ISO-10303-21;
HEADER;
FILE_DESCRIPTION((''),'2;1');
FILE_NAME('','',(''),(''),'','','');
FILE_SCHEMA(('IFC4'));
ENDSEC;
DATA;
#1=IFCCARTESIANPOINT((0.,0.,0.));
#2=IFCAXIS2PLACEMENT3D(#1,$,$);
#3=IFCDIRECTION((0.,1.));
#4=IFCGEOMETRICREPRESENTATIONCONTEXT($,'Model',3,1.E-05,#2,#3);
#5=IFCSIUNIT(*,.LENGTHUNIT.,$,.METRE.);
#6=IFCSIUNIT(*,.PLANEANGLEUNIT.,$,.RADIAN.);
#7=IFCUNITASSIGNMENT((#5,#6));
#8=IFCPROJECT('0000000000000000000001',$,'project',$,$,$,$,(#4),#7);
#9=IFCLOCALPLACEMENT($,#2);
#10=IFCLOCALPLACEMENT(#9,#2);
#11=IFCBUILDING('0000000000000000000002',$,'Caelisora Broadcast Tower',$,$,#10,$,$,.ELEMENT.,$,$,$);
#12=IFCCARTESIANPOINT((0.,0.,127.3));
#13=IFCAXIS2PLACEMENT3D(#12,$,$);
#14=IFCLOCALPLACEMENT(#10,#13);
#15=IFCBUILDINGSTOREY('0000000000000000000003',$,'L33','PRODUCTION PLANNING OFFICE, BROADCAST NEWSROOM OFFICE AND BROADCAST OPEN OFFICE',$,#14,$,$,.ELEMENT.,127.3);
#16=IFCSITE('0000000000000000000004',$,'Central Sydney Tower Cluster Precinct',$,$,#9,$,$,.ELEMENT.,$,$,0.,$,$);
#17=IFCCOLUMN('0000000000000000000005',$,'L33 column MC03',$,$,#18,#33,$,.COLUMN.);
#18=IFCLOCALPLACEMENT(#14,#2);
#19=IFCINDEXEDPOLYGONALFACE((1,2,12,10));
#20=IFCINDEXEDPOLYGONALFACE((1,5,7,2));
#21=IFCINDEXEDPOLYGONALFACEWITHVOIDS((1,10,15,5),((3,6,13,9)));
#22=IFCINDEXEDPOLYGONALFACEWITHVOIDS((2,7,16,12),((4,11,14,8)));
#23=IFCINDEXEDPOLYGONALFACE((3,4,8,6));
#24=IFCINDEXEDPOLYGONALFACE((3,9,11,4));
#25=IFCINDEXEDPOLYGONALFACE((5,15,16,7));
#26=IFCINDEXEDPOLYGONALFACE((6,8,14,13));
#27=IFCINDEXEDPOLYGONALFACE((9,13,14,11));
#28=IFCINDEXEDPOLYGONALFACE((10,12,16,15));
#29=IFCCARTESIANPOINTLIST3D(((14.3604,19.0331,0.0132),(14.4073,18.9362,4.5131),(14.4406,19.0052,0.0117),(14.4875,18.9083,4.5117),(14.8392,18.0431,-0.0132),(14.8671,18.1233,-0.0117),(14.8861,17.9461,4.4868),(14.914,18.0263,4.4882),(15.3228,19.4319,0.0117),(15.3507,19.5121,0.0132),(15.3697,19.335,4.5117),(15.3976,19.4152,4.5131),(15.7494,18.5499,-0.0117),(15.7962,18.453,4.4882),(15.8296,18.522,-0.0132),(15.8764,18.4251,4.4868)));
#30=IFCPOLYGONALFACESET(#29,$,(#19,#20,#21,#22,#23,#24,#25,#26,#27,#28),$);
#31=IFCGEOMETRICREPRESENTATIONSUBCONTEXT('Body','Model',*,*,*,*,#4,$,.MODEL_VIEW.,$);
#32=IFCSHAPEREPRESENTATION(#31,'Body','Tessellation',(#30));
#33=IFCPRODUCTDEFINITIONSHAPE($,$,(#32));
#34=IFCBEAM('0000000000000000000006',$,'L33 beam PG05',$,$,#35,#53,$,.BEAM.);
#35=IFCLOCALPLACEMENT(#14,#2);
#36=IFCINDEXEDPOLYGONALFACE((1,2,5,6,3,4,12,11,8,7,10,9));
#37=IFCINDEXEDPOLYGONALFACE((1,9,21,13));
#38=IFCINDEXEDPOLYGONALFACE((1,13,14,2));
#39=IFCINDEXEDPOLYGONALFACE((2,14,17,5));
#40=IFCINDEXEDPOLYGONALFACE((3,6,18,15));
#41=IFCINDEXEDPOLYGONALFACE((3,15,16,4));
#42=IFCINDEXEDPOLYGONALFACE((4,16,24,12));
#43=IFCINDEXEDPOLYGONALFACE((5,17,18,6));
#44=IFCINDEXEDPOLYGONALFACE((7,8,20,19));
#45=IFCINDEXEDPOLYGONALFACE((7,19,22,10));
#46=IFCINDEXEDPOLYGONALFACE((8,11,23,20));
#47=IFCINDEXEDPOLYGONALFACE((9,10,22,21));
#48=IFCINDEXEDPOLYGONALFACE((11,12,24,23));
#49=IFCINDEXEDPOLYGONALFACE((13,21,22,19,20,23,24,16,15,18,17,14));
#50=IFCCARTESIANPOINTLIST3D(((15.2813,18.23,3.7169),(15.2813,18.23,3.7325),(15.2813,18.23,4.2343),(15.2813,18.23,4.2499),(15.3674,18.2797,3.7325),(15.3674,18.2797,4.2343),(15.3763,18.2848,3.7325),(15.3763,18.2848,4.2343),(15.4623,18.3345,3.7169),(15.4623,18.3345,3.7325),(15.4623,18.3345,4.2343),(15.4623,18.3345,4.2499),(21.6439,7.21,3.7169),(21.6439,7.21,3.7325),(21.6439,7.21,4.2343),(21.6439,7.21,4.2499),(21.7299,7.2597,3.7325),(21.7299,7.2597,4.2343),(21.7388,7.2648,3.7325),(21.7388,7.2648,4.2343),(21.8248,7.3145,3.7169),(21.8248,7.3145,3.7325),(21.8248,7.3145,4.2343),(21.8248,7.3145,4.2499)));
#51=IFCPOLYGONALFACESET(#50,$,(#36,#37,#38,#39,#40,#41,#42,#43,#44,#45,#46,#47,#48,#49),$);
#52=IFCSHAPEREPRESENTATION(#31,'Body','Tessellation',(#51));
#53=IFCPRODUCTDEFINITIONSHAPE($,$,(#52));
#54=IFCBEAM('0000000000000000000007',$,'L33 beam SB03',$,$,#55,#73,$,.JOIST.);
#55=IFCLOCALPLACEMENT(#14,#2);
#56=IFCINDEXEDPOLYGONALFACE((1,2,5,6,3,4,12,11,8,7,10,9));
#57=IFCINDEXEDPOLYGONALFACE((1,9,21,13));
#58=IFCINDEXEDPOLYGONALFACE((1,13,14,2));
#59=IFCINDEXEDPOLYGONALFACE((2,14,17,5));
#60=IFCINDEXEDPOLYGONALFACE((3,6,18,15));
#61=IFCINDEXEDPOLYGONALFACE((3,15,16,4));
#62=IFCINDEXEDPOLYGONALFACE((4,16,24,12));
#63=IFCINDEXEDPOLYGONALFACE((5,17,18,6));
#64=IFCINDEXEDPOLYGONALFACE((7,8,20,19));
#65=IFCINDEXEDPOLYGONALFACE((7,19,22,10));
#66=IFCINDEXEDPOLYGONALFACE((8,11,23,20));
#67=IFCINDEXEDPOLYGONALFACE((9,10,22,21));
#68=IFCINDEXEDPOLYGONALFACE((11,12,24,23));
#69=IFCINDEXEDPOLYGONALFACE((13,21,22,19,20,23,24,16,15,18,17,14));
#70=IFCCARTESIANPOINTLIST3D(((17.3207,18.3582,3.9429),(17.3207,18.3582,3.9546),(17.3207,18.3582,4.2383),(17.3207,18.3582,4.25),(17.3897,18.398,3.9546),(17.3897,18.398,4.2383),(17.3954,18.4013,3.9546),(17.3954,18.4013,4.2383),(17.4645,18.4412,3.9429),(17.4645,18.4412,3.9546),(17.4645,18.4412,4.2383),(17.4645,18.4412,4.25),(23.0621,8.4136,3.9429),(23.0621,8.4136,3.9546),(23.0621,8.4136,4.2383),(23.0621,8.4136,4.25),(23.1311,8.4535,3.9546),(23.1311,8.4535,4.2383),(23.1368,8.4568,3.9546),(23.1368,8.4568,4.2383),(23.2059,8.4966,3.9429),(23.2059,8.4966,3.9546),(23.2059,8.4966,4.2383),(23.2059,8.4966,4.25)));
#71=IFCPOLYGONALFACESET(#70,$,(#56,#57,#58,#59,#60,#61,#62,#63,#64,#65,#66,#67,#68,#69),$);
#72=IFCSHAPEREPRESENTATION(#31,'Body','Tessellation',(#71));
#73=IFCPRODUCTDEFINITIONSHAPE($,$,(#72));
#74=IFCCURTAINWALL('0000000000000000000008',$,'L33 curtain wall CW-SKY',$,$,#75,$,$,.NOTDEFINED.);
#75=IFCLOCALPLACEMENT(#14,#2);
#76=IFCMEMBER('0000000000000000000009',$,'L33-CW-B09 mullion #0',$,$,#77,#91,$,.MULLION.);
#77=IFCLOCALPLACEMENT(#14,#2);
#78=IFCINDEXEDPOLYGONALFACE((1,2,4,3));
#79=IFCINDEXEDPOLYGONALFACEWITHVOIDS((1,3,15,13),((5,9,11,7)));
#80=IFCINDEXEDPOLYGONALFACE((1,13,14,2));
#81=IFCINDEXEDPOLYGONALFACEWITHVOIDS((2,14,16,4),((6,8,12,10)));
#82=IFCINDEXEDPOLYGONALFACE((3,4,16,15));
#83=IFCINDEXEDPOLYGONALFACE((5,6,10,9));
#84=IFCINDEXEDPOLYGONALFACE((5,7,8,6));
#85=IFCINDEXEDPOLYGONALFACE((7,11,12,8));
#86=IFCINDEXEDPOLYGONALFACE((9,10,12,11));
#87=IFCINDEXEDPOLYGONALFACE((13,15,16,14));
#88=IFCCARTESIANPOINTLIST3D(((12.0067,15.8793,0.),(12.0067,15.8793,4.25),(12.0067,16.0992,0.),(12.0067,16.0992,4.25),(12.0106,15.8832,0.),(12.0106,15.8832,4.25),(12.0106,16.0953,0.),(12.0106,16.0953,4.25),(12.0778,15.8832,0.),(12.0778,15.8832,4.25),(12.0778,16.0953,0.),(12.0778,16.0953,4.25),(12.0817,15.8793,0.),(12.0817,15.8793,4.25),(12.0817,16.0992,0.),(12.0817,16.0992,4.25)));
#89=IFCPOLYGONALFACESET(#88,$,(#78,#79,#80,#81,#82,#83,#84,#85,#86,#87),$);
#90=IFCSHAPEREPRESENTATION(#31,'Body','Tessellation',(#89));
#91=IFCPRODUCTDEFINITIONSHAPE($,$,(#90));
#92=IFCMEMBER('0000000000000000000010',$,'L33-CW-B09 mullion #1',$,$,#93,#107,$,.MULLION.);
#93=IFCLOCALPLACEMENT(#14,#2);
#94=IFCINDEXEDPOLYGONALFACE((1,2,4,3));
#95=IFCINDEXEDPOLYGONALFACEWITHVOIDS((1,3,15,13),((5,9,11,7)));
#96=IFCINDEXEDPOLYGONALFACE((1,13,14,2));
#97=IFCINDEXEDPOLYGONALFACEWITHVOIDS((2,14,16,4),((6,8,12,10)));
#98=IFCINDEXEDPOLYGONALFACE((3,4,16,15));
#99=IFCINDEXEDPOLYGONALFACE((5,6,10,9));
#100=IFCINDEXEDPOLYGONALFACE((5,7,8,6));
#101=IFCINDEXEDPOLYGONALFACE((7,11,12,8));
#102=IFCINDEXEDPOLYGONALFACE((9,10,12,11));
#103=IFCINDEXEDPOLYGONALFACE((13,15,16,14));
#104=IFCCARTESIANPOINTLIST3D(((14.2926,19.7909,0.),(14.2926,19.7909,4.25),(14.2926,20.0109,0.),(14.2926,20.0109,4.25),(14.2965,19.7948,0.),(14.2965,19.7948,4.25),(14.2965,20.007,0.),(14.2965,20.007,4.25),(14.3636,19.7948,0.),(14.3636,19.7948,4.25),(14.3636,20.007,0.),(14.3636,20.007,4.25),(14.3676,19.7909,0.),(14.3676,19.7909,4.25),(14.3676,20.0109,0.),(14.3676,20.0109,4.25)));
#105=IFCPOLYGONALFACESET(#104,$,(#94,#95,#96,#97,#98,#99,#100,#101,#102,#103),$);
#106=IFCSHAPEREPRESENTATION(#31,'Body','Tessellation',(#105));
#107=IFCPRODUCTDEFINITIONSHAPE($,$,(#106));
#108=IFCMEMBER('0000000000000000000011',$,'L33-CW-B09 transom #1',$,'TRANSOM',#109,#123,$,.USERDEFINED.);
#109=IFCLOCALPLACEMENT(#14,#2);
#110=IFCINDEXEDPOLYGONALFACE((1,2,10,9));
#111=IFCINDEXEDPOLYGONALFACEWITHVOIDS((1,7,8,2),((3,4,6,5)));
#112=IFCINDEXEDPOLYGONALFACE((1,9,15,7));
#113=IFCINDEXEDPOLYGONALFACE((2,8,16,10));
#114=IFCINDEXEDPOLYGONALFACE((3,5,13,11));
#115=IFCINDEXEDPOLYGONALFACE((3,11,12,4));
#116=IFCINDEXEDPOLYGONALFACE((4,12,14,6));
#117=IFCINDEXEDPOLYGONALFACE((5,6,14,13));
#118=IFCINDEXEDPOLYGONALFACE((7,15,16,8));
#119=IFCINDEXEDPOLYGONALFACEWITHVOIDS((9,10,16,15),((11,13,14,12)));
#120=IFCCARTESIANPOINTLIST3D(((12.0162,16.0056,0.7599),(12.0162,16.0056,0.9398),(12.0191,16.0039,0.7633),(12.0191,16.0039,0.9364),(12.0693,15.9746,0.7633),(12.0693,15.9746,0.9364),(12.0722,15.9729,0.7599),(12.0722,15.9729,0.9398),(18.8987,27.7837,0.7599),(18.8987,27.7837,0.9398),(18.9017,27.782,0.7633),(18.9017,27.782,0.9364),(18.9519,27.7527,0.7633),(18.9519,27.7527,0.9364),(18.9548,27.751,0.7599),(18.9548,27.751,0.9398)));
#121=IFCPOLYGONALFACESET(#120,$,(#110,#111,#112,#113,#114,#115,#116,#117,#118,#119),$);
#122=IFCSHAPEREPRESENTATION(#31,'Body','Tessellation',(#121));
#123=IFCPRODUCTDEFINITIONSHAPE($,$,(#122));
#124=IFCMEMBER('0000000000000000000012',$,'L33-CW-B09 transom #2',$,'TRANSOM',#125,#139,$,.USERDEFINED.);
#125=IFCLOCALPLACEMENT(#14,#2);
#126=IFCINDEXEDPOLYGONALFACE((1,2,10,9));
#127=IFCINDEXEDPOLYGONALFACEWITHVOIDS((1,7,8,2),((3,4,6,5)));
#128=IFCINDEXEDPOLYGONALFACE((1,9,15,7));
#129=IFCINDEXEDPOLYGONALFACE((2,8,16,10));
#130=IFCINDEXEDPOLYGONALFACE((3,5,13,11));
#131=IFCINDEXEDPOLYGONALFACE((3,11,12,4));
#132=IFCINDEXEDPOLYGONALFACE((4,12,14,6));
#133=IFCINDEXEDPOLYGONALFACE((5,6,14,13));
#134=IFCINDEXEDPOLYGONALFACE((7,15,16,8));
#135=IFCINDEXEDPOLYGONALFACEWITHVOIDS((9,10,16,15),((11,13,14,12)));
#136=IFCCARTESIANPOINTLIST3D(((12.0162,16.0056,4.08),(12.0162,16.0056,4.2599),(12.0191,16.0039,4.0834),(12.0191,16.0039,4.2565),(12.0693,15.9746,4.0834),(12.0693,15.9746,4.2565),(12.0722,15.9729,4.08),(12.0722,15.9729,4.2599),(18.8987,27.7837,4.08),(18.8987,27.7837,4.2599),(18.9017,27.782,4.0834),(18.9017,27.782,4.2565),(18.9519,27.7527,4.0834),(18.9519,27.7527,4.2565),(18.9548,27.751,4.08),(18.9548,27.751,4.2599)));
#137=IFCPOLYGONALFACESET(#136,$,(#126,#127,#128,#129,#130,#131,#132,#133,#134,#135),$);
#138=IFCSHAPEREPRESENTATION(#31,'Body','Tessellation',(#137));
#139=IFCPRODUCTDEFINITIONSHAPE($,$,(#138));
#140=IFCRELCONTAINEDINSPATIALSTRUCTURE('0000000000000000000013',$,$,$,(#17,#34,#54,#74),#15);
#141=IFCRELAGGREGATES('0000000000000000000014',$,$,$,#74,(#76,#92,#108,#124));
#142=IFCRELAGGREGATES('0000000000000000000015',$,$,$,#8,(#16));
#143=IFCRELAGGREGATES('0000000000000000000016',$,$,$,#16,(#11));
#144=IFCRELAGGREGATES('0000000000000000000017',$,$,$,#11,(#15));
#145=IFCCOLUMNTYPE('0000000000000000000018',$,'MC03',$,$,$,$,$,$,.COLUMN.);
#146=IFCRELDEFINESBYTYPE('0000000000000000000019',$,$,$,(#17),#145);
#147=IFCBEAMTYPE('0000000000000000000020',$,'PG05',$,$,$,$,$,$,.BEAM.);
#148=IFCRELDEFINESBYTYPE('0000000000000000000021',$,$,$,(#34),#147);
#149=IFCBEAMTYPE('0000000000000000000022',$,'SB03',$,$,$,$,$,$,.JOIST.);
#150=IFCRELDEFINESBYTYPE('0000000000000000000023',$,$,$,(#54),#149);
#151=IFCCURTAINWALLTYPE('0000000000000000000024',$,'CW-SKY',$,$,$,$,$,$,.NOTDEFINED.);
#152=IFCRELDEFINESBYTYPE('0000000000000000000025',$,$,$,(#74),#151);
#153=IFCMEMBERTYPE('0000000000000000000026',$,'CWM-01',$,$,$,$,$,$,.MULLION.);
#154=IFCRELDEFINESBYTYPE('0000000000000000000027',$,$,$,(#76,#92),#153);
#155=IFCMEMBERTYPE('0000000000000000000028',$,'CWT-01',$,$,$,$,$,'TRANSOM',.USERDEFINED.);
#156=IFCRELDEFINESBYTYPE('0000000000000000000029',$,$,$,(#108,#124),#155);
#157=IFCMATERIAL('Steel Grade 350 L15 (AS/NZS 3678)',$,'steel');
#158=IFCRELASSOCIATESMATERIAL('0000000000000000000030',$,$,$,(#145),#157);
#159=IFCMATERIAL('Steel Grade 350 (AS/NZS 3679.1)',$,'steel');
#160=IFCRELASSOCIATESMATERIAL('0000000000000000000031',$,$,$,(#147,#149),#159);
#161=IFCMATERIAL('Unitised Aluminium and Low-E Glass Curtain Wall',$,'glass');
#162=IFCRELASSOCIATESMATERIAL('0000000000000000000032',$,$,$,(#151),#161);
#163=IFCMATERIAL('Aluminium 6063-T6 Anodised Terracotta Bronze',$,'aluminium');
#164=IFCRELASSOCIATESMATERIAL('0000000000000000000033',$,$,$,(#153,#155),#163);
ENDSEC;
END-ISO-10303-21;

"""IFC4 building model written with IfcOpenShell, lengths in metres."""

from ifc_helpers import new_model, si_unit, direction, frame, origin, origin_2d, place, context, subcontext, project, spatial, hollow_rectangle, i_section, extrude, source, transform, mapped, material, material_profile, profile_set, type_object, type_shapes, element, aggregate, save


model = new_model("IFC4")

# Units and contexts
model_context = context("Model", 3, precision=1e-05, world=origin(), true_north=direction((0.0, 1.0)))
body_context = subcontext(model_context, "Body", "Model", "MODEL_VIEW")
ifc_project = project(units=[si_unit("LENGTHUNIT", "METRE"), si_unit("PLANEANGLEUNIT", "RADIAN")], contexts=[model_context])

# Site, building, storey
site_placement = place(None, origin())
site = spatial("IfcSite", under=ifc_project, at=site_placement, Name="Central Sydney Tower Cluster Precinct", CompositionType="ELEMENT", RefElevation=0.0)
building_placement = place(site_placement, origin())
building = spatial("IfcBuilding", under=site, at=building_placement, Name="Caelisora Broadcast Tower", CompositionType="ELEMENT")
storey_placement = place(building_placement, frame((0.0, 0.0, 127.3)))
storey = spatial("IfcBuildingStorey", under=building, at=storey_placement, Name="L33", Description="PRODUCTION PLANNING OFFICE, BROADCAST NEWSROOM OFFICE AND BROADCAST OPEN OFFICE", CompositionType="ELEMENT", Elevation=127.3)

# Column
ifc_material_1 = material(Name="Steel Grade 350 L15 (AS/NZS 3678)", Category="steel")
ifc_material_profile_1 = material_profile(ifc_material_1, hollow_rectangle(XDim=1.1001, YDim=1.1001, WallThickness=0.0601, at=origin_2d()), Name="Steel Grade 350 L15 (AS/NZS 3678)")
ifc_profile_set_1 = profile_set([ifc_material_profile_1], Name="Steel Grade 350 L15 (AS/NZS 3678)")
column_type = type_object("IfcColumnType", Name="MC03", PredefinedType="COLUMN", material=ifc_profile_set_1)
shared_shape_1 = source(origin(), body_context, "Body", "SweptSolid", [
    extrude(hollow_rectangle(XDim=1.1001, YDim=1.1001, WallThickness=0.0601, at=origin_2d()), origin(), (0.0, 0.0, 1.0), 4.5012),
])
type_shapes(column_type, [shared_shape_1])
column_placement = place(storey_placement, frame((15.095, 18.7776, 0.0), z_axis=(0.010414, -0.021532, 0.999714), x_axis=(0.900245, 0.435383, 0.0)))
element("IfcColumn", 1, at=column_placement, inside=storey, type_object=column_type, Name="L33 column MC03", PredefinedType="COLUMN", context=body_context, shape_type="MappedRepresentation", body=[
    mapped(shared_shape_1, transform((0.0, 0.0, 0.0), scale=1.0)),
])

# Beams
ifc_material_2 = material(Name="Steel Grade 350 (AS/NZS 3679.1)", Category="steel")
ifc_material_profile_2 = material_profile(ifc_material_2, i_section(OverallWidth=0.209, OverallDepth=0.533, WebThickness=0.0103, FlangeThickness=0.0156, at=origin_2d()), Name="Steel Grade 350 (AS/NZS 3679.1)")
ifc_profile_set_2 = profile_set([ifc_material_profile_2], Name="Steel Grade 350 (AS/NZS 3679.1)")
beam_type_1 = type_object("IfcBeamType", Name="PG05", PredefinedType="BEAM", material=ifc_profile_set_2)
shared_shape_2 = source(origin(), body_context, "Body", "SweptSolid", [
    extrude(i_section(OverallWidth=0.209, OverallDepth=0.533, WebThickness=0.0103, FlangeThickness=0.0156, at=origin_2d()), origin(), (0.0, 0.0, 1.0), 12.7249),
])
type_shapes(beam_type_1, [shared_shape_2])
beam_1_placement = place(storey_placement, frame((15.3718, 18.2822, 3.9834), z_axis=(0.500008, -0.866021, 0.0), x_axis=(0.866021, 0.500008, 0.0)))
element("IfcBeam", 2, at=beam_1_placement, inside=storey, type_object=beam_type_1, Name="L33 beam PG05", PredefinedType="BEAM", context=body_context, shape_type="MappedRepresentation", body=[
    mapped(shared_shape_2, transform((0.0, 0.0, 0.0), scale=1.0)),
])
ifc_material_profile_3 = material_profile(ifc_material_2, i_section(OverallWidth=0.166, OverallDepth=0.3071, WebThickness=0.0066, FlangeThickness=0.0117, at=origin_2d()), Name="Steel Grade 350 (AS/NZS 3679.1)")
ifc_profile_set_3 = profile_set([ifc_material_profile_3], Name="Steel Grade 350 (AS/NZS 3679.1)")
beam_type_2 = type_object("IfcBeamType", Name="SB03", PredefinedType="JOIST", material=ifc_profile_set_3)
shared_shape_3 = source(origin(), body_context, "Body", "SweptSolid", [
    extrude(i_section(OverallWidth=0.166, OverallDepth=0.3071, WebThickness=0.0066, FlangeThickness=0.0117, at=origin_2d()), origin(), (0.0, 0.0, 1.0), 11.4829),
])
type_shapes(beam_type_2, [shared_shape_3])
beam_2_placement = place(storey_placement, frame((17.3926, 18.3997, 4.0964), z_axis=(0.499997, -0.866027, 0.0), x_axis=(0.866027, 0.499997, 0.0)))
element("IfcBeam", 3, at=beam_2_placement, inside=storey, type_object=beam_type_2, Name="L33 beam SB03", PredefinedType="JOIST", context=body_context, shape_type="MappedRepresentation", body=[
    mapped(shared_shape_3, transform((0.0, 0.0, 0.0), scale=1.0)),
])

# Curtain wall, members
ifc_material_3 = material(Name="Unitised Aluminium and Low-E Glass Curtain Wall", Category="glass")
curtain_wall_type = type_object("IfcCurtainWallType", Name="CW-SKY", PredefinedType="NOTDEFINED", material=ifc_material_3)
curtain_wall_placement = place(storey_placement, origin())
curtain_wall = element("IfcCurtainWall", 4, at=curtain_wall_placement, inside=storey, type_object=curtain_wall_type, Name="L33 curtain wall CW-SKY", PredefinedType="NOTDEFINED")
ifc_material_4 = material(Name="Aluminium 6063-T6 Anodised Terracotta Bronze", Category="aluminium")
ifc_material_profile_4 = material_profile(ifc_material_4, hollow_rectangle(XDim=0.075, YDim=0.22, WallThickness=0.0039, at=origin_2d()), Name="Aluminium 6063-T6 Anodised Terracotta Bronze")
ifc_profile_set_4 = profile_set([ifc_material_profile_4], Name="Aluminium 6063-T6 Anodised Terracotta Bronze")
member_type_1 = type_object("IfcMemberType", Name="CWM-01", PredefinedType="MULLION", material=ifc_profile_set_4)
shared_shape_4 = source(origin(), body_context, "Body", "SweptSolid", [
    extrude(hollow_rectangle(XDim=0.075, YDim=0.22, WallThickness=0.0039, at=origin_2d()), origin(), (0.0, 0.0, 1.0), 4.25),
])
type_shapes(member_type_1, [shared_shape_4])
member_1_placement = place(storey_placement, frame((12.0442, 15.9893, 0.0), z_axis=(0.0, 0.0, 1.0), x_axis=(1.0, 0.0, 0.0)))
member_1 = element("IfcMember", 5, at=member_1_placement, type_object=member_type_1, Name="L33-CW-B09 mullion #0", PredefinedType="MULLION", context=body_context, shape_type="MappedRepresentation", body=[
    mapped(shared_shape_4, transform((0.0, 0.0, 0.0), scale=1.0)),
])
member_2_placement = place(storey_placement, frame((14.3301, 19.9009, 0.0), z_axis=(0.0, 0.0, 1.0), x_axis=(1.0, 0.0, 0.0)))
member_2 = element("IfcMember", 6, at=member_2_placement, type_object=member_type_1, Name="L33-CW-B09 mullion #1", PredefinedType="MULLION", context=body_context, shape_type="MappedRepresentation", body=[
    mapped(shared_shape_4, transform((0.0, 0.0, 0.0), scale=1.0)),
])
ifc_material_profile_5 = material_profile(ifc_material_4, hollow_rectangle(XDim=0.0649, YDim=0.1799, WallThickness=0.0034, at=origin_2d()), Name="Aluminium 6063-T6 Anodised Terracotta Bronze")
ifc_profile_set_5 = profile_set([ifc_material_profile_5], Name="Aluminium 6063-T6 Anodised Terracotta Bronze")
member_type_2 = type_object("IfcMemberType", Name="CWT-01", ElementType="TRANSOM", PredefinedType="USERDEFINED", material=ifc_profile_set_5)
shared_shape_5 = source(origin(), body_context, "Body", "SweptSolid", [
    extrude(hollow_rectangle(XDim=0.0649, YDim=0.1799, WallThickness=0.0034, at=origin_2d()), origin(), (0.0, 0.0, 1.0), 13.6416),
])
type_shapes(member_type_2, [shared_shape_5])
member_3_placement = place(storey_placement, frame((12.0442, 15.9893, 0.8499), z_axis=(0.504529, 0.863395, 0.0), x_axis=(-0.863395, 0.504529, 0.0)))
member_3 = element("IfcMember", 7, at=member_3_placement, type_object=member_type_2, Name="L33-CW-B09 transom #1", ObjectType="TRANSOM", PredefinedType="USERDEFINED", context=body_context, shape_type="MappedRepresentation", body=[
    mapped(shared_shape_5, transform((0.0, 0.0, 0.0), scale=1.0)),
])
member_4_placement = place(storey_placement, frame((12.0442, 15.9893, 4.1699), z_axis=(0.504529, 0.863395, 0.0), x_axis=(-0.863395, 0.504529, 0.0)))
member_4 = element("IfcMember", 8, at=member_4_placement, type_object=member_type_2, Name="L33-CW-B09 transom #2", ObjectType="TRANSOM", PredefinedType="USERDEFINED", context=body_context, shape_type="MappedRepresentation", body=[
    mapped(shared_shape_5, transform((0.0, 0.0, 0.0), scale=1.0)),
])

aggregate(curtain_wall, [member_1, member_2, member_3, member_4])

save(model, "model.ifc")
